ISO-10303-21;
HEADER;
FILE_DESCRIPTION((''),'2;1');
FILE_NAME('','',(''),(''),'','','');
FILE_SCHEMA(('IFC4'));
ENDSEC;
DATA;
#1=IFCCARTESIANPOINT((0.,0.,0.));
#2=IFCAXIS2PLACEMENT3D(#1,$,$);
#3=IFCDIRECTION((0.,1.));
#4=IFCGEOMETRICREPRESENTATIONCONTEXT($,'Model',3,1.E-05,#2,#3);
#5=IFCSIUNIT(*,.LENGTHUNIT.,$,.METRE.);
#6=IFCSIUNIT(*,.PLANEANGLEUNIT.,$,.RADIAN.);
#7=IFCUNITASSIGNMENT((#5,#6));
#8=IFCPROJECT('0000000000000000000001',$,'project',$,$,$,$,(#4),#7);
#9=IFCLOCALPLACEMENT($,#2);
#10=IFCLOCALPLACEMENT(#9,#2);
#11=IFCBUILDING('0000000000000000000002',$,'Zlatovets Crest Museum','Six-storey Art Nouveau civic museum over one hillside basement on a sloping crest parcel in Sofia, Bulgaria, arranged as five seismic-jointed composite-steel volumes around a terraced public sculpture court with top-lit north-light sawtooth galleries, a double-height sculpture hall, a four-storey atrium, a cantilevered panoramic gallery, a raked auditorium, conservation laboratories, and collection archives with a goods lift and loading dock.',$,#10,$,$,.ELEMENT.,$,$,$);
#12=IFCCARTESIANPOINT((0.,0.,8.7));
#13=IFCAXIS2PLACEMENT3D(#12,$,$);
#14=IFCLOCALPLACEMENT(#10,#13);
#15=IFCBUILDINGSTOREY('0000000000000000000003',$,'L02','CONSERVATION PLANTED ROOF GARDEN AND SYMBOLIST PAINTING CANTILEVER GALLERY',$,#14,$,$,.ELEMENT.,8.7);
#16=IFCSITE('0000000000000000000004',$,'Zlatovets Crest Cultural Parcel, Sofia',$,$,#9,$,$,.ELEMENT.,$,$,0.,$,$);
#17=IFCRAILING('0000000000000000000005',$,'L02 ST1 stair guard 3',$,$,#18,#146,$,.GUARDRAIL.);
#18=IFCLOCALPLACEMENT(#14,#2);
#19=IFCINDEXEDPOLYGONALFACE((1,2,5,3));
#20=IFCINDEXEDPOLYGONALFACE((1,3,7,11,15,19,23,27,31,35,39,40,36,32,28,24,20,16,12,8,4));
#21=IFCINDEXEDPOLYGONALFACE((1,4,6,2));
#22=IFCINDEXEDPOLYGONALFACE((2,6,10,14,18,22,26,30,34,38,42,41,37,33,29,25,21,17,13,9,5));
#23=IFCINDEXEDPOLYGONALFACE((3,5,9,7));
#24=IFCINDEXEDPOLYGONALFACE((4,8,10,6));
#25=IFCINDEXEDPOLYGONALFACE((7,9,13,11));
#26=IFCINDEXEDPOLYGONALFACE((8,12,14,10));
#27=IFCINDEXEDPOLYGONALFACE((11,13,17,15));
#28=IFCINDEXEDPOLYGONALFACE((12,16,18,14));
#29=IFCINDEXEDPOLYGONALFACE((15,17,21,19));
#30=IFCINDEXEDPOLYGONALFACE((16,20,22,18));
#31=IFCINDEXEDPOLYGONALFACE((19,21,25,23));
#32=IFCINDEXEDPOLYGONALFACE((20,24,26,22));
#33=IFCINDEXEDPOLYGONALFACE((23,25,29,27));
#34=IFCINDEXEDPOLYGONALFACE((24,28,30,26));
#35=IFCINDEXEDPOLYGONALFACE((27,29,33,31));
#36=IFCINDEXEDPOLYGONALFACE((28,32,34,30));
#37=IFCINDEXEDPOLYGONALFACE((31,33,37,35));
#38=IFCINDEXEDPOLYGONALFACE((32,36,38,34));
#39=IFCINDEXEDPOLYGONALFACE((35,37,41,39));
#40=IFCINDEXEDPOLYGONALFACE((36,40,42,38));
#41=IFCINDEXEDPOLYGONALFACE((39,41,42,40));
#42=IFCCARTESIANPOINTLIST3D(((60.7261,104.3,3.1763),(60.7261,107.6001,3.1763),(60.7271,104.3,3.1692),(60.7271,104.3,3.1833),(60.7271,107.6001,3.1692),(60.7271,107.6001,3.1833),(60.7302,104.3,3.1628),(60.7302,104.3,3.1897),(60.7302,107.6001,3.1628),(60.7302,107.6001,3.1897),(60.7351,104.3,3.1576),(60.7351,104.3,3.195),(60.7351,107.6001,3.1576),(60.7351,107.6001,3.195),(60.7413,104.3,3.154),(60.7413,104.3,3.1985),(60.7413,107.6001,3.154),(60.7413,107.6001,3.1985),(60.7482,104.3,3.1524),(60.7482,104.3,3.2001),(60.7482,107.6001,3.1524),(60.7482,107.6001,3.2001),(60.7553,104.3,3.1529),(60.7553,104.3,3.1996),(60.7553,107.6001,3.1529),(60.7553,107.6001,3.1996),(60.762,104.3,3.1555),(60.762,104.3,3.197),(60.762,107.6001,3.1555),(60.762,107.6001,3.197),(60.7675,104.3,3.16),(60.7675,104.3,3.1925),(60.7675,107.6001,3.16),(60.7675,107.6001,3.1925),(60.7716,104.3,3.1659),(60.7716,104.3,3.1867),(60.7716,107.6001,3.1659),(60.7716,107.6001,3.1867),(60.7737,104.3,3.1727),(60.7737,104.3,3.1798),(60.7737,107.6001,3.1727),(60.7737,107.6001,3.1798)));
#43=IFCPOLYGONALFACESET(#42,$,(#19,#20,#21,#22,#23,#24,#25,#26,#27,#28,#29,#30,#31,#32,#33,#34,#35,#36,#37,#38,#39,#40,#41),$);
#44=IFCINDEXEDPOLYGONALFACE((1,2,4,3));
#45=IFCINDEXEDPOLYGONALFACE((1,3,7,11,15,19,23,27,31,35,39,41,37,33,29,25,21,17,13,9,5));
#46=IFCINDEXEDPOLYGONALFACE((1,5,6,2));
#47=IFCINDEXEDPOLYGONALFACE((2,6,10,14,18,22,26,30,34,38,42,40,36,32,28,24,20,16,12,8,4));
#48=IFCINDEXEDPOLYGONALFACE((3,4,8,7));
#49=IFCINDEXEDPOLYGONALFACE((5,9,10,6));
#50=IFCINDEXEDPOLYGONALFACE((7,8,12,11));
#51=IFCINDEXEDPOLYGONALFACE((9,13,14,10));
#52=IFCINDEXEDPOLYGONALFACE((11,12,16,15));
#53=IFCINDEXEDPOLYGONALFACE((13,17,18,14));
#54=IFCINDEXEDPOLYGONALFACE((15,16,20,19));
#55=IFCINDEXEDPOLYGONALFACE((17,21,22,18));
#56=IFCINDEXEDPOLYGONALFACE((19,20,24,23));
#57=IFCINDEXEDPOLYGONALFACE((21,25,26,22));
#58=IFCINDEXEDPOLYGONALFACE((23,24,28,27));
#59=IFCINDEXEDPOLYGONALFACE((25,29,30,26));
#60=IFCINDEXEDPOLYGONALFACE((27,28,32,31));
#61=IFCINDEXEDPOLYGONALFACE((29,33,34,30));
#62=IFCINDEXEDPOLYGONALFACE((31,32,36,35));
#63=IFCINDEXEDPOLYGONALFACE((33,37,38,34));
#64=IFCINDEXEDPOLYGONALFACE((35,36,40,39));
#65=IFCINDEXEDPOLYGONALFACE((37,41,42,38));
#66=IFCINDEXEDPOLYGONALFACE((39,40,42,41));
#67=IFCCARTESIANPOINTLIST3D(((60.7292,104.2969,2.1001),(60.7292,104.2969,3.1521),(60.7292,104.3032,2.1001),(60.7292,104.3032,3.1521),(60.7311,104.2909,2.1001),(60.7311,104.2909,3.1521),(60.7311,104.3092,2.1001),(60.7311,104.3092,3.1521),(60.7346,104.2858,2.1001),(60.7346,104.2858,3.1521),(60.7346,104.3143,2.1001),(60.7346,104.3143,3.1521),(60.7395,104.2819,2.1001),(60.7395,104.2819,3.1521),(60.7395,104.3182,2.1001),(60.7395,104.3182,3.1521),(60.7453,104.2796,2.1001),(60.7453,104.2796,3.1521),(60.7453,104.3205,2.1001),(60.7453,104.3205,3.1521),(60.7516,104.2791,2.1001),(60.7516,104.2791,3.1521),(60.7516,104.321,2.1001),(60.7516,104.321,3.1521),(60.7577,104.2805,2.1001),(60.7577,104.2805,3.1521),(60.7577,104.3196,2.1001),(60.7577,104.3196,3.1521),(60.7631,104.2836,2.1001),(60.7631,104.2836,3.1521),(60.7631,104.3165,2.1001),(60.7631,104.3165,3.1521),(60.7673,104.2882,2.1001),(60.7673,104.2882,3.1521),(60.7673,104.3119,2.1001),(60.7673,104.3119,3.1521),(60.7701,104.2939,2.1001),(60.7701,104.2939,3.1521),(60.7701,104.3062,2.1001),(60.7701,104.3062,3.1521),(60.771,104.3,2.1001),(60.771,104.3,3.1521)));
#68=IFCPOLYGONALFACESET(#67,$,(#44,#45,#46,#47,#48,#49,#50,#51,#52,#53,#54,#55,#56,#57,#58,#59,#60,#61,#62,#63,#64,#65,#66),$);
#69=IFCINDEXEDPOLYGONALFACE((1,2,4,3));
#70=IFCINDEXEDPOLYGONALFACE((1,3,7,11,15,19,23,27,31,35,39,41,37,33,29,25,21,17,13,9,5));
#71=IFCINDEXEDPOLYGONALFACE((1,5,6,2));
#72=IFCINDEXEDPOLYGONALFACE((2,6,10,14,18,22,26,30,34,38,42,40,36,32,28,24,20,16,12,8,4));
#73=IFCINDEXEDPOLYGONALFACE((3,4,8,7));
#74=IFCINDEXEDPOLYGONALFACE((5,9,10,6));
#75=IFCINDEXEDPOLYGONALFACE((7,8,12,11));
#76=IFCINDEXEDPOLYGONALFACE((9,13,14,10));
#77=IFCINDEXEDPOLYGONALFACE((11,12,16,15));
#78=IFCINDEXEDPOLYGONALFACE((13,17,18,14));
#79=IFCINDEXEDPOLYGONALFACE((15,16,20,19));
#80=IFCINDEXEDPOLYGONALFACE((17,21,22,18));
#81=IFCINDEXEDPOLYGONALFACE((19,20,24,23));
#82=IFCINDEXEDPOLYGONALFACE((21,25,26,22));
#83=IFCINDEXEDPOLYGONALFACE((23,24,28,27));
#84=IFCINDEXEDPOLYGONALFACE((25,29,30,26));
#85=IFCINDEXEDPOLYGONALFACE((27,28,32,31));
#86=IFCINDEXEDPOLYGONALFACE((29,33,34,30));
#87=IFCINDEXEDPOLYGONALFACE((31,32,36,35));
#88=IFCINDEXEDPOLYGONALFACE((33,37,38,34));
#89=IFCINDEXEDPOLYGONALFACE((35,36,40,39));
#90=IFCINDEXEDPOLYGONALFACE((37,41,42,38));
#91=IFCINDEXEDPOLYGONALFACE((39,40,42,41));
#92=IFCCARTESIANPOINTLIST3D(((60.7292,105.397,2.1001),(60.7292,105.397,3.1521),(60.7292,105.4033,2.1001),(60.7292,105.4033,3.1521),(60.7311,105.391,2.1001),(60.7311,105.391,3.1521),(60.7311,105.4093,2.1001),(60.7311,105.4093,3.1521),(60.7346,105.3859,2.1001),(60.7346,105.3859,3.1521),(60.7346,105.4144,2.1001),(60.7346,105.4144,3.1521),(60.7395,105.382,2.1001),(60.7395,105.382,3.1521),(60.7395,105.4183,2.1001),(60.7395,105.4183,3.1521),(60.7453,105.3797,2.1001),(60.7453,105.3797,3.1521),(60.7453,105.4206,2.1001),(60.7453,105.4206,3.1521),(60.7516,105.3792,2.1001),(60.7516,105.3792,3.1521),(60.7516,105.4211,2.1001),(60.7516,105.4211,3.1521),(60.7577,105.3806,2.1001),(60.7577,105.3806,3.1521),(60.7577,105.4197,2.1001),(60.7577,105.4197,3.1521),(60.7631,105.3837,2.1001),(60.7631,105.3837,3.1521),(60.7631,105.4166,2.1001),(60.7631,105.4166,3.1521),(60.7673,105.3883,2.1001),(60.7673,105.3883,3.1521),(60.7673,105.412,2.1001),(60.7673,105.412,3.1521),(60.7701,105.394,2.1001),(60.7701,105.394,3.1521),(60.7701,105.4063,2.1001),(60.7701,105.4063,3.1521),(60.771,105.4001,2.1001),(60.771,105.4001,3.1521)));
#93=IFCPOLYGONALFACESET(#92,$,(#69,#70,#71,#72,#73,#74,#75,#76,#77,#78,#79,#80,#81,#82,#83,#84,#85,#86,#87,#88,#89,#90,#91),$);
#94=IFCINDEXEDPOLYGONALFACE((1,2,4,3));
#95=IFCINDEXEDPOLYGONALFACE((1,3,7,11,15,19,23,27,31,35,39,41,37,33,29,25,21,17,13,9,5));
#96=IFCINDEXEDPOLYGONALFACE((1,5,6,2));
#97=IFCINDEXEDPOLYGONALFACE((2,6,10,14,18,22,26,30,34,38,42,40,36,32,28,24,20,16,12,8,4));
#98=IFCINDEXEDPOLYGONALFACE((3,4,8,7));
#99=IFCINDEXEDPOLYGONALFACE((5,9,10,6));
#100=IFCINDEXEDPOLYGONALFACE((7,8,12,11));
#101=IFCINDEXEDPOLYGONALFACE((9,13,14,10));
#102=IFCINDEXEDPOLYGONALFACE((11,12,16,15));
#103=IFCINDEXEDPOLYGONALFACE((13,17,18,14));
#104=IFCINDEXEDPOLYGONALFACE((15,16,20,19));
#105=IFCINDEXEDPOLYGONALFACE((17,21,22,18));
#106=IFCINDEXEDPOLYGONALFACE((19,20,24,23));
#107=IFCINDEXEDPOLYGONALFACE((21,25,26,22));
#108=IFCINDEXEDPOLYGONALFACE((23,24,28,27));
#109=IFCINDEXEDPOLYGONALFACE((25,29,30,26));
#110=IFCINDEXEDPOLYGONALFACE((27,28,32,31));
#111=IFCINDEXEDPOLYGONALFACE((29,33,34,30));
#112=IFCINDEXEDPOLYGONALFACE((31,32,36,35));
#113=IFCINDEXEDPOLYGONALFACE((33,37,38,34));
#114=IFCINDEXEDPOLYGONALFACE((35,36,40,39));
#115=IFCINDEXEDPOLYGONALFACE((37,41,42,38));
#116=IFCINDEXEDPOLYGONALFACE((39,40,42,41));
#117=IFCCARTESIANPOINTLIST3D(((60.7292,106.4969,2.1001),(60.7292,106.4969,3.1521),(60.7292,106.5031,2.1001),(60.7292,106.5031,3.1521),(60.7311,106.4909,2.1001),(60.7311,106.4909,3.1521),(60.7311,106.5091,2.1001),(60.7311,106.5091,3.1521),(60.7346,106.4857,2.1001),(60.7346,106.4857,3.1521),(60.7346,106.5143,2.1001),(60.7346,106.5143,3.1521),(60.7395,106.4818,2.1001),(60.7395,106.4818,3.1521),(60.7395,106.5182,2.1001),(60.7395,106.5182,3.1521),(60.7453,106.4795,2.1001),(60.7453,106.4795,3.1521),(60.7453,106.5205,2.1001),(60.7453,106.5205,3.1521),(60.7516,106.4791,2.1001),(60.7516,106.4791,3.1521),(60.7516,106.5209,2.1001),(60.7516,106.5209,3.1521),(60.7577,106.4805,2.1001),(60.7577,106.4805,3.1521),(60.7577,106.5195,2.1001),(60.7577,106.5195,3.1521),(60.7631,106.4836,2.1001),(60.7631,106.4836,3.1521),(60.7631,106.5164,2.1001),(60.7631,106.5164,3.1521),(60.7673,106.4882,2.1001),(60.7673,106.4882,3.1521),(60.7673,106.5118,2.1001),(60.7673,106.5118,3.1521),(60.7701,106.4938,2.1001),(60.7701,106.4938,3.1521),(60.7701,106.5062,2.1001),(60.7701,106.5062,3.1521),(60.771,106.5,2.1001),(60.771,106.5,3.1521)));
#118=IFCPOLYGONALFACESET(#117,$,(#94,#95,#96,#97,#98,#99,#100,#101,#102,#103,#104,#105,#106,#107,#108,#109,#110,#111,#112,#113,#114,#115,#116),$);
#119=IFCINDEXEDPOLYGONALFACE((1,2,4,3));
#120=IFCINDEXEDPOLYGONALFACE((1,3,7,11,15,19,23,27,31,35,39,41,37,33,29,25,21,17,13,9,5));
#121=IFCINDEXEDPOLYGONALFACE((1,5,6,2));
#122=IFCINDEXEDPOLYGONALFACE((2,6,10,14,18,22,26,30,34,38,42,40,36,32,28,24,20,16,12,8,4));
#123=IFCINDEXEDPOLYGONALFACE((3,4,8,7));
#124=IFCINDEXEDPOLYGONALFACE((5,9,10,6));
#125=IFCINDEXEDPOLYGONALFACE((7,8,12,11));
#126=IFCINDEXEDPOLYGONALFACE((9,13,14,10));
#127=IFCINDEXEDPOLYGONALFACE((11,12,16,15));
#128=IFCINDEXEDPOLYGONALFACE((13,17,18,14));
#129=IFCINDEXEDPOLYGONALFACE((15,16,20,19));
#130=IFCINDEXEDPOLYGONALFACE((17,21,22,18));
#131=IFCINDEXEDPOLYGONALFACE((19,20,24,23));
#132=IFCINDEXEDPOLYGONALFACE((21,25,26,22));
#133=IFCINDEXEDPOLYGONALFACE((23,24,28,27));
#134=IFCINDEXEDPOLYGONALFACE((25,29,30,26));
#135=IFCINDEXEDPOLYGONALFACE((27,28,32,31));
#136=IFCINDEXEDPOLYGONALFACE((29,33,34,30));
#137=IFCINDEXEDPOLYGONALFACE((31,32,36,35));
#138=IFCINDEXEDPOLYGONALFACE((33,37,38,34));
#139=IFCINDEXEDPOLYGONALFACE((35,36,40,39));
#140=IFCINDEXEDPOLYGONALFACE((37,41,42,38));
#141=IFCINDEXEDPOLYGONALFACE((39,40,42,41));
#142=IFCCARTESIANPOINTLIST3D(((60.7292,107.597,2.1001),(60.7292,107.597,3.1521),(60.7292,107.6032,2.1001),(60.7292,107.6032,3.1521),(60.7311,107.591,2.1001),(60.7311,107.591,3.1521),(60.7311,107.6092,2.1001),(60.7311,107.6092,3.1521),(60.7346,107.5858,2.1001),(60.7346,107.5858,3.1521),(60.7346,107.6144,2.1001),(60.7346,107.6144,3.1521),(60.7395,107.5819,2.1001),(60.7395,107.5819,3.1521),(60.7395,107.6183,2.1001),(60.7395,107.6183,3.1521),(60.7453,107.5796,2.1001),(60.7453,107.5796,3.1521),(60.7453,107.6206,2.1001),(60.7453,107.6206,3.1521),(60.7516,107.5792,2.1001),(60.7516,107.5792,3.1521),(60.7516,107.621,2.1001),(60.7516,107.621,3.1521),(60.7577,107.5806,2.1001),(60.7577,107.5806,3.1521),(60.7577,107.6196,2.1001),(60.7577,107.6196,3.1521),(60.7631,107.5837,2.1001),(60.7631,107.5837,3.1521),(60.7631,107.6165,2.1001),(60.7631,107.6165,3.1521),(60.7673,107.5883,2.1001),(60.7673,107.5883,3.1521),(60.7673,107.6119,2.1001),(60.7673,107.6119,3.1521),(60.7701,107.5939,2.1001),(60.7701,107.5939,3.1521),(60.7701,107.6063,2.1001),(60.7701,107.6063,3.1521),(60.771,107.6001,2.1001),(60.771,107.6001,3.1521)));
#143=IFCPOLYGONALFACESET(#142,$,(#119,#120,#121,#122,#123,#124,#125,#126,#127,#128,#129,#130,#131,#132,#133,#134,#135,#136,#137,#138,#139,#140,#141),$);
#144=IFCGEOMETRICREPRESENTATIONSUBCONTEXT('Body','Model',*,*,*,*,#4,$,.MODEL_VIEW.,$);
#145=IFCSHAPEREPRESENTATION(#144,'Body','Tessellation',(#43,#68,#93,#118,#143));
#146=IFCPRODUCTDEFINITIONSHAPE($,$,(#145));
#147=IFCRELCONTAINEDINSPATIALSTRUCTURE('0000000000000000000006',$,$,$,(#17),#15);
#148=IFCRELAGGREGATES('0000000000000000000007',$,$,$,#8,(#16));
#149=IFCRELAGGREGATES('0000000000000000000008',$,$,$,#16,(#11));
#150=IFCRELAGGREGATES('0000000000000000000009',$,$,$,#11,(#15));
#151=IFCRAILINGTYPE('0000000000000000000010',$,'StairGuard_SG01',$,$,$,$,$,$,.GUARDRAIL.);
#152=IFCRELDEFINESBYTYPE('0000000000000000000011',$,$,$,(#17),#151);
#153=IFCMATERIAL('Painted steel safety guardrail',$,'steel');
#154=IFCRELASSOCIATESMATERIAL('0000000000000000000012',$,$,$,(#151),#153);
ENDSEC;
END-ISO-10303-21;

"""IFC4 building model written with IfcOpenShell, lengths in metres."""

from ifc_helpers import new_model, si_unit, direction, frame, origin, origin_2d, place, context, subcontext, project, spatial, circle, extrude, material, type_object, element, save


model = new_model("IFC4")

# Units and contexts
model_context = context("Model", 3, precision=1e-05, world=origin(), true_north=direction((0.0, 1.0)))
body_context = subcontext(model_context, "Body", "Model", "MODEL_VIEW")
ifc_project = project(units=[si_unit("LENGTHUNIT", "METRE"), si_unit("PLANEANGLEUNIT", "RADIAN")], contexts=[model_context])

# Site, building, storey
site_placement = place(None, origin())
site = spatial("IfcSite", under=ifc_project, at=site_placement, Name="Zlatovets Crest Cultural Parcel, Sofia", CompositionType="ELEMENT", RefElevation=0.0)
building_placement = place(site_placement, origin())
building = spatial("IfcBuilding", under=site, at=building_placement, Name="Zlatovets Crest Museum", Description="Six-storey Art Nouveau civic museum over one hillside basement on a sloping crest parcel in Sofia, Bulgaria, arranged as five seismic-jointed composite-steel volumes around a terraced public sculpture court with top-lit north-light sawtooth galleries, a double-height sculpture hall, a four-storey atrium, a cantilevered panoramic gallery, a raked auditorium, conservation laboratories, and collection archives with a goods lift and loading dock.", CompositionType="ELEMENT")
storey_placement = place(building_placement, frame((0.0, 0.0, 8.7)))
storey = spatial("IfcBuildingStorey", under=building, at=storey_placement, Name="L02", Description="CONSERVATION PLANTED ROOF GARDEN AND SYMBOLIST PAINTING CANTILEVER GALLERY", CompositionType="ELEMENT", Elevation=8.7)

# Railing
ifc_material_1 = material(Name="Painted steel safety guardrail", Category="steel")
railing_type_1 = type_object("IfcRailingType", Name="StairGuard_SG01", PredefinedType="GUARDRAIL", material=ifc_material_1)
for number, where, name in (
    (1, (60.75, 104.3, 2.1001), "L02 ST1 stair guard 3"),
):
    element("IfcRailing", number, at=place(storey_placement, frame(where)), inside=storey, type_object=railing_type_1, Name=name, PredefinedType="GUARDRAIL", context=body_context, shape_type="SweptSolid", body=[
        extrude(circle(Radius=0.0239, at=origin_2d()), frame((0.0, 0.0, 1.0762), z_axis=(0.0, 1.0, 0.0), x_axis=(-1.0, 0.0, 0.0)), (0.0, 0.0, 1.0), 3.3),
        extrude(circle(Radius=0.021, at=origin_2d()), origin(), (0.0, 0.0, 1.0), 1.052),
        extrude(circle(Radius=0.021, at=origin_2d()), frame((0.0, 1.1001, 0.0)), (0.0, 0.0, 1.0), 1.052),
        extrude(circle(Radius=0.021, at=origin_2d()), frame((0.0, 2.2, 0.0)), (0.0, 0.0, 1.0), 1.052),
        extrude(circle(Radius=0.021, at=origin_2d()), frame((0.0, 3.3, 0.0)), (0.0, 0.0, 1.0), 1.052),
    ])

save(model, "model.ifc")
